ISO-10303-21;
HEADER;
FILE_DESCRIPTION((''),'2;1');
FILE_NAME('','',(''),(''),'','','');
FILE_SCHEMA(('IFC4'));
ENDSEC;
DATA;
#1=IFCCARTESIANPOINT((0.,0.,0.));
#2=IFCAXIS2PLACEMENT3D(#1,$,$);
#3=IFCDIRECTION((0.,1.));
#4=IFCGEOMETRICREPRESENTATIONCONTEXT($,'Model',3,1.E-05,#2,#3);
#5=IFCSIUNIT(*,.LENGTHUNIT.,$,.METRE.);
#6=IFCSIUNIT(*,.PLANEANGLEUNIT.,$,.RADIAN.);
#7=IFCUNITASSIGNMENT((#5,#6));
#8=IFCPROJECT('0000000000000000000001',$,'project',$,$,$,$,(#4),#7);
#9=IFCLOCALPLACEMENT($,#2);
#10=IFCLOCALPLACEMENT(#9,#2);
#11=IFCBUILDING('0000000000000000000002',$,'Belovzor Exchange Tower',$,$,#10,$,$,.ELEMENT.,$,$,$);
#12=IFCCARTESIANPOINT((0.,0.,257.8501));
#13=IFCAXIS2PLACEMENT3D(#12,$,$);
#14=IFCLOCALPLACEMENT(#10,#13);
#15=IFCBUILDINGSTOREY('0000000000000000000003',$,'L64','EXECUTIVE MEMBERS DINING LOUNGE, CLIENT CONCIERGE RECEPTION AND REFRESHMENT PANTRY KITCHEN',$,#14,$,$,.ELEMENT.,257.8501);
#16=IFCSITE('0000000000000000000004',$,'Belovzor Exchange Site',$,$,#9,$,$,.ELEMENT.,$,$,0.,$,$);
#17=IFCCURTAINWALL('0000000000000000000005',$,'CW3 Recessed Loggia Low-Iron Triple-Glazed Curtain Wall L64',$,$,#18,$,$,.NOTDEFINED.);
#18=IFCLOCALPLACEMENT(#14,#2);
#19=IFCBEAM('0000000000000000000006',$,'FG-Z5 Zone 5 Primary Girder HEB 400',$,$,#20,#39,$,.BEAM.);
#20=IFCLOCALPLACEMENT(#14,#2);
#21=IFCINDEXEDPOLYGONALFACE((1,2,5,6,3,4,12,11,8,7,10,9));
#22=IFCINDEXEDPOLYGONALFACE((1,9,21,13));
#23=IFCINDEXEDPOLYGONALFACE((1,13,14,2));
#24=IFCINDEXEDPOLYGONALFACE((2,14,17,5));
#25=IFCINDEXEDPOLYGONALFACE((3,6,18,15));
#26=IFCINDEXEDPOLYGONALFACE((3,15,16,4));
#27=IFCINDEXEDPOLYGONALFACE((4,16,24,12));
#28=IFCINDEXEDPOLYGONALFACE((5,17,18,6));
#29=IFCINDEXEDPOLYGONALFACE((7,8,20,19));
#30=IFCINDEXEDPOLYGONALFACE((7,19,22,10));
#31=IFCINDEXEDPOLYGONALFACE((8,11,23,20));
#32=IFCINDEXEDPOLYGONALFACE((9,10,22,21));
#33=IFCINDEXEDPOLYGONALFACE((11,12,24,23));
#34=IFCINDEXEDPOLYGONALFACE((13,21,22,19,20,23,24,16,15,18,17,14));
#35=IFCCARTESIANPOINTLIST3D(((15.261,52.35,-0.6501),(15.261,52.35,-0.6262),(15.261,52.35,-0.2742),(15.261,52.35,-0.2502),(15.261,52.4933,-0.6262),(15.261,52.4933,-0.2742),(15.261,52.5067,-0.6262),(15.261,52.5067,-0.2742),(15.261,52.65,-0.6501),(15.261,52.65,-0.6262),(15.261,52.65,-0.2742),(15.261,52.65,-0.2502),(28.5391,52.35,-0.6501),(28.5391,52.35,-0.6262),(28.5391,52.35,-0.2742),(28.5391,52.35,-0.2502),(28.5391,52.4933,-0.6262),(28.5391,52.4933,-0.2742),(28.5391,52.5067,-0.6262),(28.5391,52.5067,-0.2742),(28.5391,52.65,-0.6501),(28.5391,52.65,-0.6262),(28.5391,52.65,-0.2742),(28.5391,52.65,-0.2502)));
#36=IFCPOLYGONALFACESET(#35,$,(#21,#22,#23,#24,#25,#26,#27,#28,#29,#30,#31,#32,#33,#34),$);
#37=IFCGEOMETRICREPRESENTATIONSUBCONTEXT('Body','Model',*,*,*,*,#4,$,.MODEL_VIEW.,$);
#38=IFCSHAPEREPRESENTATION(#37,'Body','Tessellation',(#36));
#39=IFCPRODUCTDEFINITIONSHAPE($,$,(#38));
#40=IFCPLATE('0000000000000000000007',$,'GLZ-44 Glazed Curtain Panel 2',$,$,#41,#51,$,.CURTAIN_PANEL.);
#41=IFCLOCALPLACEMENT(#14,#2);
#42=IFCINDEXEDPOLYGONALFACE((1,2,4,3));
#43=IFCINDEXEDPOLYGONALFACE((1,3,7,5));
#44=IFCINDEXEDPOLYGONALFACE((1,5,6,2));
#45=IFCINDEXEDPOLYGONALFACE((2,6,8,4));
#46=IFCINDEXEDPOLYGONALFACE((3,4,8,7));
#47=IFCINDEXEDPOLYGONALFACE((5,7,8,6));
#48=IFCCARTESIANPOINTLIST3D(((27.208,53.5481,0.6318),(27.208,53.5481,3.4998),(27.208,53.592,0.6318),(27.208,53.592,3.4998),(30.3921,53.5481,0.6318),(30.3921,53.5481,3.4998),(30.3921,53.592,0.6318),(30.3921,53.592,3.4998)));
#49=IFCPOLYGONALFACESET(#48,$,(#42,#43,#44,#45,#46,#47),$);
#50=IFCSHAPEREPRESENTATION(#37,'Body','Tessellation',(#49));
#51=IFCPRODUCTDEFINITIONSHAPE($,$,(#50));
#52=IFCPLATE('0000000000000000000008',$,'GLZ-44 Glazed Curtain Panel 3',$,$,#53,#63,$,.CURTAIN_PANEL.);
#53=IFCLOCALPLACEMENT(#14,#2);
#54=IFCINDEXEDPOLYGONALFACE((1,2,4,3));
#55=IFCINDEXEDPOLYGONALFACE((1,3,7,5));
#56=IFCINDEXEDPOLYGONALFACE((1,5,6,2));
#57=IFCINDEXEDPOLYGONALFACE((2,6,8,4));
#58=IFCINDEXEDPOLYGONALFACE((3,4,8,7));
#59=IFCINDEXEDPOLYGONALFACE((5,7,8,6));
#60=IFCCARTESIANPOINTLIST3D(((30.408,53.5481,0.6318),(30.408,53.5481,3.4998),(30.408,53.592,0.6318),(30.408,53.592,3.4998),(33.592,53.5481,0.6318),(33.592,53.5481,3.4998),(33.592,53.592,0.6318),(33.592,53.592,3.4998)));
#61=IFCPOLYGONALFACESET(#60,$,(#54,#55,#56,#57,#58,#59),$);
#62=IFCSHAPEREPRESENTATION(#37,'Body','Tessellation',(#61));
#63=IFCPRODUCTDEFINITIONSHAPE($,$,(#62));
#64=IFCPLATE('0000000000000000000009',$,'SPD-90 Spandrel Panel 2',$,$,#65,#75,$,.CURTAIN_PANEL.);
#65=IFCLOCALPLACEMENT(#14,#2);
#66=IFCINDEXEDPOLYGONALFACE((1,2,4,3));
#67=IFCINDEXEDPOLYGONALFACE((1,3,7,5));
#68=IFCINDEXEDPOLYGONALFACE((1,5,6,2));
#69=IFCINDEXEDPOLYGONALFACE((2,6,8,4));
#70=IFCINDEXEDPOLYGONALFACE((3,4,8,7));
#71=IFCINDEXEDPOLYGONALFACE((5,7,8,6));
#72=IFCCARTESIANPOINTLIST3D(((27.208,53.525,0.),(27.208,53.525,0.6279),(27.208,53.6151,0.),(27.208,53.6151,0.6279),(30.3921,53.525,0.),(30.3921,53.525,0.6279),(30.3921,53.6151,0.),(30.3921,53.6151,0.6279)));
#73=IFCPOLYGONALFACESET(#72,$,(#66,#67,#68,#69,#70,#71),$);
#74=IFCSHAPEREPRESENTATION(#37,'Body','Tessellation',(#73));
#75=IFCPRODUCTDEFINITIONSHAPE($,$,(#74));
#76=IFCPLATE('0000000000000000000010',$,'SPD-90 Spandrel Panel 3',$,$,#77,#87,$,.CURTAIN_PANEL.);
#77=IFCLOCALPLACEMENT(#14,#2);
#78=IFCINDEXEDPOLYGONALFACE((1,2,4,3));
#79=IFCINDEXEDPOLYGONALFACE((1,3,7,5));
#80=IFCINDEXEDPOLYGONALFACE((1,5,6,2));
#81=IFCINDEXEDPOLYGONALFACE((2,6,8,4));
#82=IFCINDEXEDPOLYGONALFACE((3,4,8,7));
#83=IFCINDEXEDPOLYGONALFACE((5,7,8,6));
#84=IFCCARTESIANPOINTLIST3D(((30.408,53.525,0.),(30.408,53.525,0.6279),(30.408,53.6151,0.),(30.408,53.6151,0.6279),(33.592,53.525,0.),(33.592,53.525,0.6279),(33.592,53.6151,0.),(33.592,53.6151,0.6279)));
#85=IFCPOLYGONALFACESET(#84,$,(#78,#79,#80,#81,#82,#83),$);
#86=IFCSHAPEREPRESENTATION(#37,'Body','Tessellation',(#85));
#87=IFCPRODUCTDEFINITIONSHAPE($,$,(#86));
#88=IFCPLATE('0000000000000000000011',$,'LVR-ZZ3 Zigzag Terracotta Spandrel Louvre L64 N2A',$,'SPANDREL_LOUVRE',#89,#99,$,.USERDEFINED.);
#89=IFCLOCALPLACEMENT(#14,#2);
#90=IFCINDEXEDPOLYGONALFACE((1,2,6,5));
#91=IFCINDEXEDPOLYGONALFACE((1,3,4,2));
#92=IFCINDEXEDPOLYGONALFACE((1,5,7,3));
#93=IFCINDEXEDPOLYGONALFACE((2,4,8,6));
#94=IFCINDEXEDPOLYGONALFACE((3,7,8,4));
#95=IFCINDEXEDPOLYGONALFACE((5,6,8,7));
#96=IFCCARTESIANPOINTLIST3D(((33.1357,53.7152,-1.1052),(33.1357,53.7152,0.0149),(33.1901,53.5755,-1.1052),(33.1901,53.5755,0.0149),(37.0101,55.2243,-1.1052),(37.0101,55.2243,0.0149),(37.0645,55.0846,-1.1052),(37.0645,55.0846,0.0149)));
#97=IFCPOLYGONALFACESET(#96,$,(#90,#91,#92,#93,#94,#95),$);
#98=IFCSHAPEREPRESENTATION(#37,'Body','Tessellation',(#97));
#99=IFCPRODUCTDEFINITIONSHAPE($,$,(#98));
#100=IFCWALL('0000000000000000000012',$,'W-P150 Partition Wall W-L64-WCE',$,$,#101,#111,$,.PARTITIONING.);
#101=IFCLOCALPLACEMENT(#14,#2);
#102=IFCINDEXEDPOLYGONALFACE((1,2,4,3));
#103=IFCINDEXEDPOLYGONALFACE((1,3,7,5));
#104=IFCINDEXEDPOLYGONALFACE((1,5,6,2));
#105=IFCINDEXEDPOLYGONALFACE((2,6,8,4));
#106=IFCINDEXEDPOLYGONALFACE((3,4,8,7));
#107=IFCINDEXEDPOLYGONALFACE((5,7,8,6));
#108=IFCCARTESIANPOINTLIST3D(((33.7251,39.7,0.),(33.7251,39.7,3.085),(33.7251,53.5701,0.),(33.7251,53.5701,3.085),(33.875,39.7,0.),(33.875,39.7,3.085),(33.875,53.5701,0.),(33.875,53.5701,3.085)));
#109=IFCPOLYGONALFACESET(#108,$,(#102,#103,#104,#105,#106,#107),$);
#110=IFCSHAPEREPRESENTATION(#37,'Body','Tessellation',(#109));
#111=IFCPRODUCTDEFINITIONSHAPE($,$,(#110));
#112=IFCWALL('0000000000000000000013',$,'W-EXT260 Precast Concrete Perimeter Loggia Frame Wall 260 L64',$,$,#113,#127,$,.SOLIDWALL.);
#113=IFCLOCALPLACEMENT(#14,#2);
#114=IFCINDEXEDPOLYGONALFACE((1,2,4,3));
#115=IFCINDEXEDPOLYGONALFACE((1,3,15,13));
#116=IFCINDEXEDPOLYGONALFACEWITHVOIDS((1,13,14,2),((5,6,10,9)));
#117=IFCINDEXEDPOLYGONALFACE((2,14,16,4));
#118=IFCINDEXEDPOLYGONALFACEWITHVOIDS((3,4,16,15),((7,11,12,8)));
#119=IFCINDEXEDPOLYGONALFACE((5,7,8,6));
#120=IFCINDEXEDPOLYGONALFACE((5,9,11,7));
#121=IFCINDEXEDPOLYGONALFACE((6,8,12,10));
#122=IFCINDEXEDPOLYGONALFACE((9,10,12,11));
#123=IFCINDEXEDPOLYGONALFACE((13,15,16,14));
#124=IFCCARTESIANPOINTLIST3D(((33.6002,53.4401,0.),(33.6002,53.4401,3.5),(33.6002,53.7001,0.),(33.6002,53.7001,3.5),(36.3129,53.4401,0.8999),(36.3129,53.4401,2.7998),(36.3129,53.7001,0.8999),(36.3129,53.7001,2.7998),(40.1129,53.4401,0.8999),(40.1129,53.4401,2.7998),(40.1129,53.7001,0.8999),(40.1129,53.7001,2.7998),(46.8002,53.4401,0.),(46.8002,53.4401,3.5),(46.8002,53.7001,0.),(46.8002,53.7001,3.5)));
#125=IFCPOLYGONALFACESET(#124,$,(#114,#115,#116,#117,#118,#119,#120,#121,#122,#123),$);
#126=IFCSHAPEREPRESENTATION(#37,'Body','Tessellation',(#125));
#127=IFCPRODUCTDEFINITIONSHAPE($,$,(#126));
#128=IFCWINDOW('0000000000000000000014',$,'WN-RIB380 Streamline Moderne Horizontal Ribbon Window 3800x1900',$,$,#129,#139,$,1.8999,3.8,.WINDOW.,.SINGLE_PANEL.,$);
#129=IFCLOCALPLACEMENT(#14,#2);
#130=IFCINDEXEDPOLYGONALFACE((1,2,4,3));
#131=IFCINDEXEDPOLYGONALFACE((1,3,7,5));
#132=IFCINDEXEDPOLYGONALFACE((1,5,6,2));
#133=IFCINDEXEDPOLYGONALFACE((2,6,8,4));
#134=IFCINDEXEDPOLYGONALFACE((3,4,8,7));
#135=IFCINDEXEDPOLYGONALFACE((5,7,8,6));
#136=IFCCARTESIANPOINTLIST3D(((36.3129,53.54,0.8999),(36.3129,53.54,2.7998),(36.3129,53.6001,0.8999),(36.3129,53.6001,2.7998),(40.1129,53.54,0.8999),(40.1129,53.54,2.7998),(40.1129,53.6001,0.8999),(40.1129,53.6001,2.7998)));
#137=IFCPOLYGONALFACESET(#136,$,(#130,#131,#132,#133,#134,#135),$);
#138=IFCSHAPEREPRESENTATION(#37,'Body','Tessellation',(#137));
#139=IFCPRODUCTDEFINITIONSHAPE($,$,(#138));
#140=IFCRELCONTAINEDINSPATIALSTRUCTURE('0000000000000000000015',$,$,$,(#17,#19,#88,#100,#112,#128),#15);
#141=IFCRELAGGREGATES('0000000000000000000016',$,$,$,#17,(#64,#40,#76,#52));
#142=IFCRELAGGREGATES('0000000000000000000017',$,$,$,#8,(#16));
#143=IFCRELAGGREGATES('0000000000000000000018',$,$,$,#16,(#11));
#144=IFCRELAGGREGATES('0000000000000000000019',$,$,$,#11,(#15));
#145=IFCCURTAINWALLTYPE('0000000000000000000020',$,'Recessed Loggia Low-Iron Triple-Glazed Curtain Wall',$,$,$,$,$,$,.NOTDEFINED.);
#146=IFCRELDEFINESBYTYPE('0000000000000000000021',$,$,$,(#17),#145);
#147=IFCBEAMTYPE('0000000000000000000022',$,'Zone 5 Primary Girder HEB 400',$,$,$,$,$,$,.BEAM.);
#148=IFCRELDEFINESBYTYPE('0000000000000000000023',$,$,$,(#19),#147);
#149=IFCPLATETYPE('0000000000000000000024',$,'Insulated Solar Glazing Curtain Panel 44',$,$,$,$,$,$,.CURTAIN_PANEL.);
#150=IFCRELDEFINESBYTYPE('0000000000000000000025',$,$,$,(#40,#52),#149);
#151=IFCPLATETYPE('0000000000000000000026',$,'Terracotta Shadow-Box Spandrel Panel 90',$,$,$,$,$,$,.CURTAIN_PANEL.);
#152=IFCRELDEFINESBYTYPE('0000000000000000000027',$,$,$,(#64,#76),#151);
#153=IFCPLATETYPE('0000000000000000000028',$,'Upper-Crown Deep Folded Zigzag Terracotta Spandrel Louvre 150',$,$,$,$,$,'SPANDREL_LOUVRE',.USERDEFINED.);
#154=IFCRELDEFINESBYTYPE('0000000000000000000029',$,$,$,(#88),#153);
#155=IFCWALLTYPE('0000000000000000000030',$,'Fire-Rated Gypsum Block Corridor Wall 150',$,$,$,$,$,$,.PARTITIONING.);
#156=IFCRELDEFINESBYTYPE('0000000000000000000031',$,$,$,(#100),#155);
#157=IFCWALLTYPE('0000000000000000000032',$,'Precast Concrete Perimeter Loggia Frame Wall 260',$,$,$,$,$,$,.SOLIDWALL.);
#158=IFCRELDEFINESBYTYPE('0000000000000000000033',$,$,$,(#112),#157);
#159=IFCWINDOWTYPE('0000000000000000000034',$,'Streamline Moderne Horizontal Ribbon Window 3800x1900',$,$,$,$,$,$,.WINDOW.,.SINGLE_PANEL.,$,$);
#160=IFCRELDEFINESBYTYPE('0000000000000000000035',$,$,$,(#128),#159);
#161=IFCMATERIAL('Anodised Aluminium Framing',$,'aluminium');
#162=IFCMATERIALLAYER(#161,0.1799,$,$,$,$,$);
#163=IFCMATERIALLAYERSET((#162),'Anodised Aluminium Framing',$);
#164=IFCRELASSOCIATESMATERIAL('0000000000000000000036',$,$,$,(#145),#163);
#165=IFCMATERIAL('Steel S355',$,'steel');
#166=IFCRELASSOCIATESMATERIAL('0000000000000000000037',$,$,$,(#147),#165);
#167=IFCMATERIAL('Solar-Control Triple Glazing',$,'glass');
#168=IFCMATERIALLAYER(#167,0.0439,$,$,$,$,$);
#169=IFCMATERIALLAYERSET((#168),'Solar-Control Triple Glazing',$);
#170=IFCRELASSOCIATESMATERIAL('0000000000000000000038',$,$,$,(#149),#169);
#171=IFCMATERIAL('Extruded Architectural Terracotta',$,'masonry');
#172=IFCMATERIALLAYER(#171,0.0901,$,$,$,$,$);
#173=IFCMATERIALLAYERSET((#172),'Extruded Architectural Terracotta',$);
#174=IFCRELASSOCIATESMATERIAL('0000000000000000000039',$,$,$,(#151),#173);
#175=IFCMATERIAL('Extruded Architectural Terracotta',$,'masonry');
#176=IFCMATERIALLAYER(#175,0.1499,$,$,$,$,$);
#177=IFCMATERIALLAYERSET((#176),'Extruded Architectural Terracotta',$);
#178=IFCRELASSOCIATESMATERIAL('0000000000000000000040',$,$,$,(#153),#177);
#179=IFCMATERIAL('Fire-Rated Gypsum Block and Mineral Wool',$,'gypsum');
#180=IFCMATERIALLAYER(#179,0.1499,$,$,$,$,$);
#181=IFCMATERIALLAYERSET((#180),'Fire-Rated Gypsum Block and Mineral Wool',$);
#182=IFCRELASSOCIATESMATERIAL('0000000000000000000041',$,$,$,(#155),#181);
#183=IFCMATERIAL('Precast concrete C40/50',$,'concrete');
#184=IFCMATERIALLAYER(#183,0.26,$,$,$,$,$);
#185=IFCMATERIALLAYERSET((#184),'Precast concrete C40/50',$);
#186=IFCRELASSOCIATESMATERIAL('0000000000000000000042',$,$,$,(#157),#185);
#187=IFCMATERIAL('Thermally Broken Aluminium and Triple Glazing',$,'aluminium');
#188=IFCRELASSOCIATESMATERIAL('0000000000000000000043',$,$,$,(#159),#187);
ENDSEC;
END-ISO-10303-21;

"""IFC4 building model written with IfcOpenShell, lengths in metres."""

from ifc_helpers import new_model, si_unit, direction, frame, frame_2d, origin, origin_2d, place, context, subcontext, project, spatial, rectangle, i_section, extrude, material, layer, layer_set, material_profile, profile_set, type_object, element, fill, aggregate, save


model = new_model("IFC4")

# Units and contexts
model_context = context("Model", 3, precision=1e-05, world=origin(), true_north=direction((0.0, 1.0)))
body_context = subcontext(model_context, "Body", "Model", "MODEL_VIEW")
ifc_project = project(units=[si_unit("LENGTHUNIT", "METRE"), si_unit("PLANEANGLEUNIT", "RADIAN")], contexts=[model_context])

# Site, building, storey
site_placement = place(None, origin())
site = spatial("IfcSite", under=ifc_project, at=site_placement, Name="Belovzor Exchange Site", CompositionType="ELEMENT", RefElevation=0.0)
building_placement = place(site_placement, origin())
building = spatial("IfcBuilding", under=site, at=building_placement, Name="Belovzor Exchange Tower", CompositionType="ELEMENT")
storey_placement = place(building_placement, frame((0.0, 0.0, 257.8501)))
storey = spatial("IfcBuildingStorey", under=building, at=storey_placement, Name="L64", Description="EXECUTIVE MEMBERS DINING LOUNGE, CLIENT CONCIERGE RECEPTION AND REFRESHMENT PANTRY KITCHEN", CompositionType="ELEMENT", Elevation=257.8501)

# Curtain wall
ifc_material_1 = material(Name="Anodised Aluminium Framing", Category="aluminium")
ifc_layer_1 = layer(ifc_material_1, 0.1799)
ifc_layer_set_1 = layer_set([ifc_layer_1], Name="Anodised Aluminium Framing")
curtain_wall_type = type_object("IfcCurtainWallType", Name="Recessed Loggia Low-Iron Triple-Glazed Curtain Wall", PredefinedType="NOTDEFINED", material=ifc_layer_set_1)
curtain_wall_placement = place(storey_placement, origin())
curtain_wall = element("IfcCurtainWall", 1, at=curtain_wall_placement, inside=storey, type_object=curtain_wall_type, Name="CW3 Recessed Loggia Low-Iron Triple-Glazed Curtain Wall L64", PredefinedType="NOTDEFINED")

# Beam
ifc_material_2 = material(Name="Steel S355", Category="steel")
ifc_material_profile_1 = material_profile(ifc_material_2, i_section(OverallWidth=0.3, OverallDepth=0.3999, WebThickness=0.0134, FlangeThickness=0.0239, at=origin_2d()))
ifc_profile_set_1 = profile_set([ifc_material_profile_1], Name="Steel S355")
beam_type_1 = type_object("IfcBeamType", Name="Zone 5 Primary Girder HEB 400", PredefinedType="BEAM", material=ifc_profile_set_1)
beam_1_placement = place(storey_placement, frame((28.5391, 52.5, -0.4502), z_axis=(-1.0, 0.0, 0.0), x_axis=(0.0, -1.0, 0.0)))
element("IfcBeam", 2, at=beam_1_placement, inside=storey, type_object=beam_type_1, Name="FG-Z5 Zone 5 Primary Girder HEB 400", PredefinedType="BEAM", context=body_context, shape_type="SweptSolid", body=[
    extrude(i_section(OverallWidth=0.3, OverallDepth=0.3999, WebThickness=0.0134, FlangeThickness=0.0239, at=origin_2d()), origin(), (0.0, 0.0, 1.0), 13.2781),
])

# Plates
ifc_material_3 = material(Name="Solar-Control Triple Glazing", Category="glass")
ifc_layer_2 = layer(ifc_material_3, 0.0439)
ifc_layer_set_2 = layer_set([ifc_layer_2], Name="Solar-Control Triple Glazing")
plate_type_1 = type_object("IfcPlateType", Name="Insulated Solar Glazing Curtain Panel 44", PredefinedType="CURTAIN_PANEL", material=ifc_layer_set_2)
plate_1_placement = place(storey_placement, frame((28.8, 53.5701, 0.6318), z_axis=(0.0, 0.0, 1.0), x_axis=(1.0, 0.0, 0.0)))
plate_1 = element("IfcPlate", 3, at=plate_1_placement, type_object=plate_type_1, Name="GLZ-44 Glazed Curtain Panel 2", PredefinedType="CURTAIN_PANEL", context=body_context, shape_type="SweptSolid", body=[
    extrude(rectangle(XDim=3.1841, YDim=0.0439, at=origin_2d()), origin(), (0.0, 0.0, 1.0), 2.8679),
])
plate_2_placement = place(storey_placement, frame((32.0, 53.5701, 0.6318), z_axis=(0.0, 0.0, 1.0), x_axis=(1.0, 0.0, 0.0)))
plate_2 = element("IfcPlate", 4, at=plate_2_placement, type_object=plate_type_1, Name="GLZ-44 Glazed Curtain Panel 3", PredefinedType="CURTAIN_PANEL", context=body_context, shape_type="SweptSolid", body=[
    extrude(rectangle(XDim=3.1841, YDim=0.0439, at=origin_2d()), origin(), (0.0, 0.0, 1.0), 2.8679),
])
ifc_material_4 = material(Name="Extruded Architectural Terracotta", Category="masonry")
ifc_layer_3 = layer(ifc_material_4, 0.0901)
ifc_layer_set_3 = layer_set([ifc_layer_3], Name="Extruded Architectural Terracotta")
plate_type_2 = type_object("IfcPlateType", Name="Terracotta Shadow-Box Spandrel Panel 90", PredefinedType="CURTAIN_PANEL", material=ifc_layer_set_3)
plate_3_placement = place(storey_placement, frame((28.8, 53.5701, 0.0), z_axis=(0.0, 0.0, 1.0), x_axis=(1.0, 0.0, 0.0)))
plate_3 = element("IfcPlate", 5, at=plate_3_placement, type_object=plate_type_2, Name="SPD-90 Spandrel Panel 2", PredefinedType="CURTAIN_PANEL", context=body_context, shape_type="SweptSolid", body=[
    extrude(rectangle(XDim=3.1841, YDim=0.0901, at=origin_2d()), origin(), (0.0, 0.0, 1.0), 0.6279),
])
plate_4_placement = place(storey_placement, frame((32.0, 53.5701, 0.0), z_axis=(0.0, 0.0, 1.0), x_axis=(1.0, 0.0, 0.0)))
plate_4 = element("IfcPlate", 6, at=plate_4_placement, type_object=plate_type_2, Name="SPD-90 Spandrel Panel 3", PredefinedType="CURTAIN_PANEL", context=body_context, shape_type="SweptSolid", body=[
    extrude(rectangle(XDim=3.1841, YDim=0.0901, at=origin_2d()), origin(), (0.0, 0.0, 1.0), 0.6279),
])
aggregate(curtain_wall, [plate_3, plate_1, plate_4, plate_2])
ifc_material_5 = material(Name="Extruded Architectural Terracotta", Category="masonry")
ifc_layer_4 = layer(ifc_material_5, 0.1499)
ifc_layer_set_4 = layer_set([ifc_layer_4], Name="Extruded Architectural Terracotta")
plate_type_3 = type_object("IfcPlateType", Name="Upper-Crown Deep Folded Zigzag Terracotta Spandrel Louvre 150", ElementType="SPANDREL_LOUVRE", PredefinedType="USERDEFINED", material=ifc_layer_set_4)
plate_5_placement = place(storey_placement, frame((35.1001, 54.3999, -1.1052), z_axis=(0.0, 0.0, 1.0), x_axis=(0.931818, 0.362926, 0.0)))
element("IfcPlate", 7, at=plate_5_placement, inside=storey, type_object=plate_type_3, Name="LVR-ZZ3 Zigzag Terracotta Spandrel Louvre L64 N2A", ObjectType="SPANDREL_LOUVRE", PredefinedType="USERDEFINED", context=body_context, shape_type="SweptSolid", body=[
    extrude(rectangle(XDim=4.158, YDim=0.1499, at=origin_2d()), origin(), (0.0, 0.0, 1.0), 1.1201),
])

# Wall
ifc_material_6 = material(Name="Fire-Rated Gypsum Block and Mineral Wool", Category="gypsum")
ifc_layer_5 = layer(ifc_material_6, 0.1499)
ifc_layer_set_5 = layer_set([ifc_layer_5], Name="Fire-Rated Gypsum Block and Mineral Wool")
wall_type_1 = type_object("IfcWallType", Name="Fire-Rated Gypsum Block Corridor Wall 150", PredefinedType="PARTITIONING", material=ifc_layer_set_5)
wall_1_placement = place(storey_placement, frame((33.8, 39.7, 0.0), z_axis=(0.0, 0.0, 1.0), x_axis=(0.0, 1.0, 0.0)))
element("IfcWall", 8, at=wall_1_placement, inside=storey, type_object=wall_type_1, Name="W-P150 Partition Wall W-L64-WCE", PredefinedType="PARTITIONING", context=body_context, shape_type="SweptSolid", body=[
    extrude(rectangle(XDim=13.8701, YDim=0.1499, at=frame_2d((6.9351, 0.0))), origin(), (0.0, 0.0, 1.0), 3.085),
])

# Wall, opening, window
ifc_material_7 = material(Name="Precast concrete C40/50", Category="concrete")
ifc_layer_6 = layer(ifc_material_7, 0.26)
ifc_layer_set_6 = layer_set([ifc_layer_6], Name="Precast concrete C40/50")
wall_type_2 = type_object("IfcWallType", Name="Precast Concrete Perimeter Loggia Frame Wall 260", PredefinedType="SOLIDWALL", material=ifc_layer_set_6)
wall_2_placement = place(storey_placement, frame((33.6001, 53.5701, 0.0), z_axis=(0.0, 0.0, 1.0), x_axis=(1.0, 0.0, 0.0)))
wall_2 = element("IfcWall", 9, at=wall_2_placement, inside=storey, type_object=wall_type_2, Name="W-EXT260 Precast Concrete Perimeter Loggia Frame Wall 260 L64", PredefinedType="SOLIDWALL", context=body_context, shape_type="SweptSolid", body=[
    extrude(rectangle(XDim=13.2, YDim=0.26, at=frame_2d((6.6001, 0.0))), origin(), (0.0, 0.0, 1.0), 3.5),
])
opening_placement = place(wall_2_placement, frame((2.7129, 0.0, 0.8999)))
opening = element("IfcOpeningElement", 10, at=opening_placement, cuts=wall_2, PredefinedType="OPENING", context=body_context, shape_type="SweptSolid", body=[
    extrude(rectangle(XDim=3.8, YDim=1.8999, at=frame_2d((1.8999, 0.95))), frame((0.0, 0.1399, 0.0), z_axis=(0.0, -1.0, 0.0), x_axis=(1.0, 0.0, 0.0)), (0.0, 0.0, 1.0), 0.28),
])
ifc_material_8 = material(Name="Thermally Broken Aluminium and Triple Glazing", Category="aluminium")
window_type = type_object("IfcWindowType", Name="Streamline Moderne Horizontal Ribbon Window 3800x1900", PartitioningType="SINGLE_PANEL", PredefinedType="WINDOW", material=ifc_material_8)
window_placement = place(opening_placement, origin())
window = element("IfcWindow", 11, at=window_placement, inside=storey, type_object=window_type, Name="WN-RIB380 Streamline Moderne Horizontal Ribbon Window 3800x1900", OverallHeight=1.8999, OverallWidth=3.8, PartitioningType="SINGLE_PANEL", PredefinedType="WINDOW", context=body_context, shape_type="SweptSolid", body=[
    extrude(rectangle(XDim=3.8, YDim=1.8999, at=frame_2d((1.8999, 0.95))), frame((0.0, 0.03, 0.0), z_axis=(0.0, -1.0, 0.0), x_axis=(1.0, 0.0, 0.0)), (0.0, 0.0, 1.0), 0.0601),
])
fill(opening, window)

save(model, "model.ifc")
